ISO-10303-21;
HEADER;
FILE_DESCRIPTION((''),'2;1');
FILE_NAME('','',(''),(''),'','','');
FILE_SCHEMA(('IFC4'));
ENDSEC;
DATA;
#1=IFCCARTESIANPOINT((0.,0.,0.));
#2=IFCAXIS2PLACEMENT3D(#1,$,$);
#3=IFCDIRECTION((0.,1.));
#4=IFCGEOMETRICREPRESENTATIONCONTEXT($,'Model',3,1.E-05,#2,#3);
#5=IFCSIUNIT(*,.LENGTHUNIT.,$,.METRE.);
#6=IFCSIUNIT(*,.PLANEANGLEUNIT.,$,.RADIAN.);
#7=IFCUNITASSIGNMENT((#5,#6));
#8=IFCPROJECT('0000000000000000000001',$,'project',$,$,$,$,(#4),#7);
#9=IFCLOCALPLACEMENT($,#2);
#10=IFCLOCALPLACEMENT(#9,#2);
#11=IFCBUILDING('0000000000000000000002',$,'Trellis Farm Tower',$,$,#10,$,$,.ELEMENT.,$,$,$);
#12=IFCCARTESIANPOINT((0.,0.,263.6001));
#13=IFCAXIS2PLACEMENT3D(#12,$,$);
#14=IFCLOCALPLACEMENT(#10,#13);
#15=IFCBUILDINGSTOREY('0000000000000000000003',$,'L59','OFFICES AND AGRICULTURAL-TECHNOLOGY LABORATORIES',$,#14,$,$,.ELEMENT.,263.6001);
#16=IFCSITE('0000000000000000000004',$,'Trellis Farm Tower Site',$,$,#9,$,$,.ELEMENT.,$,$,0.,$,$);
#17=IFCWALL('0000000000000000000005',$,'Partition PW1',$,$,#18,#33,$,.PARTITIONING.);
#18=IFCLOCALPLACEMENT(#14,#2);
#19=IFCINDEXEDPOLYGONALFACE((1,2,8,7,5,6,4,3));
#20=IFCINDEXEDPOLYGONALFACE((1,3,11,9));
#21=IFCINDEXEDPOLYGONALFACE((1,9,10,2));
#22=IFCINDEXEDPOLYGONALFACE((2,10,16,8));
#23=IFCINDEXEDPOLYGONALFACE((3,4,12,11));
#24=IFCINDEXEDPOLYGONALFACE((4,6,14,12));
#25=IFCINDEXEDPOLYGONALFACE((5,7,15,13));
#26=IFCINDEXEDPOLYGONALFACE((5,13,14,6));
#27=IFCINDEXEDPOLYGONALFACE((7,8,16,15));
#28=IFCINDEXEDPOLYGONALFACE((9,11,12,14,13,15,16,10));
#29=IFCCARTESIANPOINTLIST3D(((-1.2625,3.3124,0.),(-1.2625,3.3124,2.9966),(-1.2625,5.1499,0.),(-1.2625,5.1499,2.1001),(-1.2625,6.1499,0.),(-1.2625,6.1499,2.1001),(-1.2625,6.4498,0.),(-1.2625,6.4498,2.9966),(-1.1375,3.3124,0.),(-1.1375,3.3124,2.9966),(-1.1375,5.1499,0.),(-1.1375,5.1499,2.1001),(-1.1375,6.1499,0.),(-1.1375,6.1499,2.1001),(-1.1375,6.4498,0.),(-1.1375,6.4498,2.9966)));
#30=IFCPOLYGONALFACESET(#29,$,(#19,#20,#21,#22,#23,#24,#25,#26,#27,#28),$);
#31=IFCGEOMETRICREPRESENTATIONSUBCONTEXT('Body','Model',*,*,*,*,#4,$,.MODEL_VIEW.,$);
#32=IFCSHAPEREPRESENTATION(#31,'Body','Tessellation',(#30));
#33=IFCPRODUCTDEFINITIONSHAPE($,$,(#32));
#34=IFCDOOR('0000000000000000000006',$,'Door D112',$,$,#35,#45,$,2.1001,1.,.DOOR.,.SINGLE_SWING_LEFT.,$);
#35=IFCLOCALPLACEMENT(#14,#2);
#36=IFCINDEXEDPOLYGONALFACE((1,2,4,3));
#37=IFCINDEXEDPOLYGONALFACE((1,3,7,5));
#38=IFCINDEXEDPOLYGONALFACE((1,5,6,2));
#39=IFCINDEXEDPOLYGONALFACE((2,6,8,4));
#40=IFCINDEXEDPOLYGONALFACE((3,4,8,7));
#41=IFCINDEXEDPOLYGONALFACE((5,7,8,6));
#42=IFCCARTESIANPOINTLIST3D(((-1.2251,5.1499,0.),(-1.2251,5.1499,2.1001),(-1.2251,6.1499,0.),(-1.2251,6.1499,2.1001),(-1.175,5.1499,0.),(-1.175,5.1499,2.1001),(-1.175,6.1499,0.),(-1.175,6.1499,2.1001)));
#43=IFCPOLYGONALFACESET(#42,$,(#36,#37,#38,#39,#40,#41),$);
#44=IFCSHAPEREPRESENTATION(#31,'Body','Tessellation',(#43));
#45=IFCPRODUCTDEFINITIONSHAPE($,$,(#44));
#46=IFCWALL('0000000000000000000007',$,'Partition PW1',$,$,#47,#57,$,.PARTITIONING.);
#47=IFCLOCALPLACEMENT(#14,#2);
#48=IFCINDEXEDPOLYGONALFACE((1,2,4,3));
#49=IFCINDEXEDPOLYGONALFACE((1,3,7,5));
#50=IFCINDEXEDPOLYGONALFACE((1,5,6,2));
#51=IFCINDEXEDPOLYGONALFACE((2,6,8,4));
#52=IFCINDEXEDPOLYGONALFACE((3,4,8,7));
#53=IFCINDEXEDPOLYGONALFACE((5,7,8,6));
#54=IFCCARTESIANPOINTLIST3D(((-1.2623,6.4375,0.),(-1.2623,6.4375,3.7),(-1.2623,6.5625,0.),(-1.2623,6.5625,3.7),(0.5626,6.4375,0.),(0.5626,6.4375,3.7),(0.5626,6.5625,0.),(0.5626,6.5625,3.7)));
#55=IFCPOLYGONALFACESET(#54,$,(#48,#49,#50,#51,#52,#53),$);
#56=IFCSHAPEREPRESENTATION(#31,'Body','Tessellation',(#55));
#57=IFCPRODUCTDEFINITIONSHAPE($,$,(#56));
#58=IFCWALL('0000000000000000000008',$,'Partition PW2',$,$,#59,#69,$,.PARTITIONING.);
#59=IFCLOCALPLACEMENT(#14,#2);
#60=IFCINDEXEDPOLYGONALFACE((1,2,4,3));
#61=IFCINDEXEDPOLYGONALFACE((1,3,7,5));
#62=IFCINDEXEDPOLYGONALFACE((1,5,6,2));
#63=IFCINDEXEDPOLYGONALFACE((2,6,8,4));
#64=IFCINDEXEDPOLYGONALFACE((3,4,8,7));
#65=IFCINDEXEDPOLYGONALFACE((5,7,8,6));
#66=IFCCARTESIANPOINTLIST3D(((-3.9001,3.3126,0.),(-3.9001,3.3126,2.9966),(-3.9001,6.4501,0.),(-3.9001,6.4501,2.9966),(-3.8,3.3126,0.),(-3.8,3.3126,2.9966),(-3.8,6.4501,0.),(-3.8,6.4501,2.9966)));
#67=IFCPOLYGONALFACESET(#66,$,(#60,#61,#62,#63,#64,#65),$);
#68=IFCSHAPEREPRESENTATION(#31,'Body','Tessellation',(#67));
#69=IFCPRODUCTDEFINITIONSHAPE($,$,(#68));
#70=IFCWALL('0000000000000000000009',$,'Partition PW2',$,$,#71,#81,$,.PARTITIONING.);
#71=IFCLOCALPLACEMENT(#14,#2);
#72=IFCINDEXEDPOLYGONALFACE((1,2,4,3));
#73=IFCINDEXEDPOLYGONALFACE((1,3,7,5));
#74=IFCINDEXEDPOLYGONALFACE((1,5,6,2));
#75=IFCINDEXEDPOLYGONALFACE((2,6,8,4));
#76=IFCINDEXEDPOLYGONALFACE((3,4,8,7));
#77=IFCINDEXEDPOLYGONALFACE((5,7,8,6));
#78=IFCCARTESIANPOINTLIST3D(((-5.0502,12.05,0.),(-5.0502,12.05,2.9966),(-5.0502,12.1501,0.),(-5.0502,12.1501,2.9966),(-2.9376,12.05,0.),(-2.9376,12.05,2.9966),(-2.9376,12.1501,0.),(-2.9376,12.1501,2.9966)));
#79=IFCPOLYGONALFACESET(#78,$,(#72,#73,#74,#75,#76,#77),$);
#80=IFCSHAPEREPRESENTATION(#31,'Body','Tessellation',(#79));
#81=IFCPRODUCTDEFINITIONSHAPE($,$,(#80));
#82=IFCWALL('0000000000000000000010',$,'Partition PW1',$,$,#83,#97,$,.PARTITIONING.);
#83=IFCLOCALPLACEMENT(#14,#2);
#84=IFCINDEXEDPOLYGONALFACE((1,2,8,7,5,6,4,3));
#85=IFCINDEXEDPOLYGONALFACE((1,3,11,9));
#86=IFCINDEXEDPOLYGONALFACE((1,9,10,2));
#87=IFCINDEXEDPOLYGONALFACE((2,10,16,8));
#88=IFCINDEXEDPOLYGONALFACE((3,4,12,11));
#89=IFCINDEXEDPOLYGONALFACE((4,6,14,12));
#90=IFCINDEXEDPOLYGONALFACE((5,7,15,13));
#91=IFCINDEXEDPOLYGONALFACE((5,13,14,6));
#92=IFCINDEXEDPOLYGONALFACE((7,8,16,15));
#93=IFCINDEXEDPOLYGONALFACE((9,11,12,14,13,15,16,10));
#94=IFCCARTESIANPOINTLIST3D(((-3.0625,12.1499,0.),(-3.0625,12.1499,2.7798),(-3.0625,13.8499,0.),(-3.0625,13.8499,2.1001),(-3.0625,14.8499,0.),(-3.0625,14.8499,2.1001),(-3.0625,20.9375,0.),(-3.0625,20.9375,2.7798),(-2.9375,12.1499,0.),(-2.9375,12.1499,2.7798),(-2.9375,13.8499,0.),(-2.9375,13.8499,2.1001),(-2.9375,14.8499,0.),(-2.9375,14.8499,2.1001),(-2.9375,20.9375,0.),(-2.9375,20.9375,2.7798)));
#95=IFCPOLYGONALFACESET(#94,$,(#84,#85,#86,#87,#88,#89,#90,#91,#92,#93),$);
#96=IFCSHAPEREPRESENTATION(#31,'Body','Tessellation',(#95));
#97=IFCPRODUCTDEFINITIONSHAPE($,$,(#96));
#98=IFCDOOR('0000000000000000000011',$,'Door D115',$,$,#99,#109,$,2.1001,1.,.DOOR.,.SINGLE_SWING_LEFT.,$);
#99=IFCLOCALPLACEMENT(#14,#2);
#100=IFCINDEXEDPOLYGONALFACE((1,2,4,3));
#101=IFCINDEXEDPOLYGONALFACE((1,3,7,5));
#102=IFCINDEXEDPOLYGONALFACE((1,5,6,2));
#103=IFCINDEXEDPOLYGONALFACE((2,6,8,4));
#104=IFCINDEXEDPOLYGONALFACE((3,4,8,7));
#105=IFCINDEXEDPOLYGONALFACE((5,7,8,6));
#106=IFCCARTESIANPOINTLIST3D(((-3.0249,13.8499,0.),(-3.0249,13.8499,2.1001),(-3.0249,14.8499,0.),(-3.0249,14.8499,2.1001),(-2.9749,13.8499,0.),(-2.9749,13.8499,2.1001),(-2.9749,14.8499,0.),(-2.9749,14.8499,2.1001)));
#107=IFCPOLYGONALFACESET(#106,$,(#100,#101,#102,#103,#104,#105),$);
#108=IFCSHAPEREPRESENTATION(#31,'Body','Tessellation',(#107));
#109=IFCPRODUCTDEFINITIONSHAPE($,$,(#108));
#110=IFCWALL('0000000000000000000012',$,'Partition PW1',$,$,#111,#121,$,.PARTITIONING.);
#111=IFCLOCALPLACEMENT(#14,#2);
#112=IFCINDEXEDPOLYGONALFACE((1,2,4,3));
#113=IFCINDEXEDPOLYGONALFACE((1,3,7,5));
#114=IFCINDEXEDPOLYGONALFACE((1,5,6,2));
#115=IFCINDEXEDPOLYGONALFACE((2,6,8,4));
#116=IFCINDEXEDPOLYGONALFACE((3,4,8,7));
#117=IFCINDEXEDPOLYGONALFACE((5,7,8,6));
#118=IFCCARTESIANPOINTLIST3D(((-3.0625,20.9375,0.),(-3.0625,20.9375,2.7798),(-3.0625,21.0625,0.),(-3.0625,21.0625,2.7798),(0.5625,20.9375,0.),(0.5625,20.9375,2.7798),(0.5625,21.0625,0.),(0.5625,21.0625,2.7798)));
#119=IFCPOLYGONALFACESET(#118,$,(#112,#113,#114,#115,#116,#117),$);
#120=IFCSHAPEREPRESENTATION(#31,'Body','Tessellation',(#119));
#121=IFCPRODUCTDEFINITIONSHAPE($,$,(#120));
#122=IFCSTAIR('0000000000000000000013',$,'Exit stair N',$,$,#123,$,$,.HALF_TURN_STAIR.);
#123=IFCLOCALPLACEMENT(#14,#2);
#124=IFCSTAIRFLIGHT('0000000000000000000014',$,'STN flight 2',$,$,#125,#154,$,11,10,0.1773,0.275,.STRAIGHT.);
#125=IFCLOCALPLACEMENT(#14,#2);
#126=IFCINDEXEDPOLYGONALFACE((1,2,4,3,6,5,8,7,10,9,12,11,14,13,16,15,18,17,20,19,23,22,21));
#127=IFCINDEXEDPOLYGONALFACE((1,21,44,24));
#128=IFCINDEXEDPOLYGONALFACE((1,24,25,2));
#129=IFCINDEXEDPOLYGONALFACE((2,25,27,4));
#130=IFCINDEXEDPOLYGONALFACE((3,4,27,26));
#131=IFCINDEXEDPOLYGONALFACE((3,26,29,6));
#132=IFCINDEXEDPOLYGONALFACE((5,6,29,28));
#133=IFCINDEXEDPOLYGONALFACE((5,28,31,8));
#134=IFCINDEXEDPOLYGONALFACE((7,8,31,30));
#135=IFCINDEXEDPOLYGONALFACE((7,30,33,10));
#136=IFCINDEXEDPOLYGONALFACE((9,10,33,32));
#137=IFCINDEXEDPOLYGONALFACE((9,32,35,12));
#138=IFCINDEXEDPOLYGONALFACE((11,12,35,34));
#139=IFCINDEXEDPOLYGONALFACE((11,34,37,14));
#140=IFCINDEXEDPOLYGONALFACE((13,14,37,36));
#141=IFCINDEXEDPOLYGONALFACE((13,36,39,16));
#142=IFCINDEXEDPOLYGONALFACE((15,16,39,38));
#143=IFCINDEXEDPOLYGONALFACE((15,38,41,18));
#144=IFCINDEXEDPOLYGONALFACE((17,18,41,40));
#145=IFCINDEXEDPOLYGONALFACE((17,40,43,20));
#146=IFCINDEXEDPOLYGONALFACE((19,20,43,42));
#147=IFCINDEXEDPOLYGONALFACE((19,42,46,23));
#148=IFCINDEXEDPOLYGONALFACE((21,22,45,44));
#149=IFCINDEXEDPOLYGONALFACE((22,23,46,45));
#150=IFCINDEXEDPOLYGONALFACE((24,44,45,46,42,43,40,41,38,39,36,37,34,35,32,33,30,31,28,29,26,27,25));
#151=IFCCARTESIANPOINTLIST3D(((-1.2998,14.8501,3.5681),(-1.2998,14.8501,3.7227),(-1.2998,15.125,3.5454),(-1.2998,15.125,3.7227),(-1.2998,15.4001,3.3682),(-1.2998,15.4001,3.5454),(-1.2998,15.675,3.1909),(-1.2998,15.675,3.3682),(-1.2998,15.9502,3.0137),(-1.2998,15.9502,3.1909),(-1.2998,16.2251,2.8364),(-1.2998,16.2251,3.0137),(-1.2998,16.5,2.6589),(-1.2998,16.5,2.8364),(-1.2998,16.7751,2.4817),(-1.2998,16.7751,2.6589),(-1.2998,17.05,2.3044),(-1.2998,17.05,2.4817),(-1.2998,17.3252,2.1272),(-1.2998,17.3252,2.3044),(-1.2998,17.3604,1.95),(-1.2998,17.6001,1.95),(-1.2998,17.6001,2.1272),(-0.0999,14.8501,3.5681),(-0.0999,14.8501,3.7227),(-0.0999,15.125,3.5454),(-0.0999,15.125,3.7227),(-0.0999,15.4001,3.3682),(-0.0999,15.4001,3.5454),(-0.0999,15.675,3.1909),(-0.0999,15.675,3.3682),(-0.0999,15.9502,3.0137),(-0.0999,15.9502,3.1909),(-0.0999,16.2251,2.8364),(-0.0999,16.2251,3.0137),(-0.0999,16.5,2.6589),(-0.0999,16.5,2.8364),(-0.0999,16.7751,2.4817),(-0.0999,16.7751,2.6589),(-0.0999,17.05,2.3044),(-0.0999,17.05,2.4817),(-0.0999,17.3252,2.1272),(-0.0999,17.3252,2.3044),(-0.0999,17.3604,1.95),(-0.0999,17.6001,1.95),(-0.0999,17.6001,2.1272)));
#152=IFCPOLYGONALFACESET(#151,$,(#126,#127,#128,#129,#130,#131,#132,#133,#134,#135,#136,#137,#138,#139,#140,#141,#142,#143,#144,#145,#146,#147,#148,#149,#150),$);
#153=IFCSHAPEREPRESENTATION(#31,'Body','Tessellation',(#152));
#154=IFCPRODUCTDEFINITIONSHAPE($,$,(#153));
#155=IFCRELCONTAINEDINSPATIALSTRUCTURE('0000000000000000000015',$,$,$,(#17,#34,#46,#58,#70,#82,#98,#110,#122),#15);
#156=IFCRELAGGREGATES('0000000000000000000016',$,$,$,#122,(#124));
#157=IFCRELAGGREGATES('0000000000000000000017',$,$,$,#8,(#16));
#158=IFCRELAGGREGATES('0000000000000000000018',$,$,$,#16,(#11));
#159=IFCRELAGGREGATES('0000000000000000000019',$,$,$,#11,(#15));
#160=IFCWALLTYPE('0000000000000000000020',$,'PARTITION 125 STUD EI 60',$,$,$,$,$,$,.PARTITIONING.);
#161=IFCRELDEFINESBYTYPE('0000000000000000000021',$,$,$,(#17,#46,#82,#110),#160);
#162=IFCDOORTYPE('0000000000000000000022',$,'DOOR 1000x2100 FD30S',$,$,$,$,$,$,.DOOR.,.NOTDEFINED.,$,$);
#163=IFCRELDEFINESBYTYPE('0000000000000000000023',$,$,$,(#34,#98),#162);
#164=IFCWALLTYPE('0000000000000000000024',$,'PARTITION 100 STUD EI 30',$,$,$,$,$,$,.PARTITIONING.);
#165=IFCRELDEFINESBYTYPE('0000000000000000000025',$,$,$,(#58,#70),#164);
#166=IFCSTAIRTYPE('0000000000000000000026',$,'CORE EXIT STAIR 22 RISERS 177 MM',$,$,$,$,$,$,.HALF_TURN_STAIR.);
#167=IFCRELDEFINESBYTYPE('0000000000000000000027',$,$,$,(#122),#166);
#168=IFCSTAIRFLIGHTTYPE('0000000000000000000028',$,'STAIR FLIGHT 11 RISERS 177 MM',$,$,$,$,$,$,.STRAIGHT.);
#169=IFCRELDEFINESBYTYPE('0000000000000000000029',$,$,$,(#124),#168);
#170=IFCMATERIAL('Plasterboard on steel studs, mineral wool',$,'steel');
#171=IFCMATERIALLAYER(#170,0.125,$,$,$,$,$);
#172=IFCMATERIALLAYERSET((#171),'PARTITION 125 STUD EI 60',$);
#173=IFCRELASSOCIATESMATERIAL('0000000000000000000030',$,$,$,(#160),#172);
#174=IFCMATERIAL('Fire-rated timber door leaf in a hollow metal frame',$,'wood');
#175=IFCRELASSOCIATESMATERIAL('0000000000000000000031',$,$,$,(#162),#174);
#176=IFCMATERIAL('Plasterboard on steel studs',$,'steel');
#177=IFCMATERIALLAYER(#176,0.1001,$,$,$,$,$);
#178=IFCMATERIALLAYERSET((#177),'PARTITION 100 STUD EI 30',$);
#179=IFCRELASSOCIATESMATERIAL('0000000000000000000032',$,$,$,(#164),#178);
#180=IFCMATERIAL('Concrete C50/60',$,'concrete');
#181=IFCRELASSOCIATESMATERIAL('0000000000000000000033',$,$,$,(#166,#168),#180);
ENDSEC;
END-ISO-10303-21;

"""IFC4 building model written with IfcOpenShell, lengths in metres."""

from ifc_helpers import new_model, si_unit, direction, frame, frame_2d, origin, place, context, subcontext, project, spatial, polyline, rectangle, outline, extrude, source, transform, mapped, material, layer, layer_set, type_object, element, fill, aggregate, save


model = new_model("IFC4")

# Units and contexts
model_context = context("Model", 3, precision=1e-05, world=origin(), true_north=direction((0.0, 1.0)))
body_context = subcontext(model_context, "Body", "Model", "MODEL_VIEW")
ifc_project = project(units=[si_unit("LENGTHUNIT", "METRE"), si_unit("PLANEANGLEUNIT", "RADIAN")], contexts=[model_context])

# Site, building, storey
site_placement = place(None, origin())
site = spatial("IfcSite", under=ifc_project, at=site_placement, Name="Trellis Farm Tower Site", CompositionType="ELEMENT", RefElevation=0.0)
building_placement = place(site_placement, origin())
building = spatial("IfcBuilding", under=site, at=building_placement, Name="Trellis Farm Tower", CompositionType="ELEMENT")
storey_placement = place(building_placement, frame((0.0, 0.0, 263.6001)))
storey = spatial("IfcBuildingStorey", under=building, at=storey_placement, Name="L59", Description="OFFICES AND AGRICULTURAL-TECHNOLOGY LABORATORIES", CompositionType="ELEMENT", Elevation=263.6001)

# Shared definitions
placement_1 = place(storey_placement, origin())

# Wall, opening, door
ifc_material_1 = material(Name="Plasterboard on steel studs, mineral wool", Category="steel")
ifc_layer_1 = layer(ifc_material_1, 0.125)
ifc_layer_set_1 = layer_set([ifc_layer_1], Name="PARTITION 125 STUD EI 60")
wall_type_1 = type_object("IfcWallType", Name="PARTITION 125 STUD EI 60", PredefinedType="PARTITIONING", material=ifc_layer_set_1)
shared_shape_1 = source(origin(), body_context, "Body", "SweptSolid", [
    extrude(rectangle(XDim=3.1375, YDim=0.125, at=frame_2d((1.5688, 0.0))), origin(), (0.0, 0.0, 1.0), 2.9966),
])
wall_1_placement = place(storey_placement, frame((-1.2, 6.45, 0.0), z_axis=(0.0, 0.0, 1.0), x_axis=(0.0, -1.0, 0.0)))
wall_1 = element("IfcWall", 1, at=wall_1_placement, inside=storey, type_object=wall_type_1, Name="Partition PW1", PredefinedType="PARTITIONING", context=body_context, shape_type="MappedRepresentation", body=[
    mapped(shared_shape_1, transform((0.0, 0.0, 0.0))),
])
shared_shape_2 = source(origin(), body_context, "Body", "SweptSolid", [
    extrude(rectangle(XDim=1.0, YDim=2.1001, at=frame_2d((0.5, 1.05))), frame((0.0, 0.0725, 0.0), z_axis=(0.0, -1.0, 0.0), x_axis=(1.0, 0.0, 0.0)), (0.0, 0.0, 1.0), 0.145),
])
opening_1_placement = place(wall_1_placement, frame((0.3, 0.0, 0.0)))
opening_1 = element("IfcOpeningElement", 2, at=opening_1_placement, cuts=wall_1, PredefinedType="OPENING", context=body_context, shape_type="MappedRepresentation", body=[
    mapped(shared_shape_2, transform((0.0, 0.0, 0.0))),
])
ifc_material_2 = material(Name="Fire-rated timber door leaf in a hollow metal frame", Category="wood")
door_type_1 = type_object("IfcDoorType", Name="DOOR 1000x2100 FD30S", OperationType="NOTDEFINED", PredefinedType="DOOR", material=ifc_material_2)
shared_shape_3 = source(origin(), body_context, "Body", "SweptSolid", [
    extrude(rectangle(XDim=1.0, YDim=2.1001, at=frame_2d((0.5, 1.05))), frame((0.0, 0.0249, 0.0), z_axis=(0.0, -1.0, 0.0), x_axis=(1.0, 0.0, 0.0)), (0.0, 0.0, 1.0), 0.05),
])
door_1_placement = place(opening_1_placement, origin())
door_1 = element("IfcDoor", 3, at=door_1_placement, inside=storey, type_object=door_type_1, Name="Door D112", OperationType="SINGLE_SWING_LEFT", OverallHeight=2.1001, OverallWidth=1.0, PredefinedType="DOOR", context=body_context, shape_type="MappedRepresentation", body=[
    mapped(shared_shape_3, transform((0.0, 0.0, 0.0))),
])
fill(opening_1, door_1)

# Walls
shared_shape_4 = source(origin(), body_context, "Body", "SweptSolid", [
    extrude(rectangle(XDim=1.825, YDim=0.125, at=frame_2d((0.9126, 0.0))), origin(), (0.0, 0.0, 1.0), 3.7),
])
wall_2_placement = place(storey_placement, frame((-1.2625, 6.5, 0.0), z_axis=(0.0, 0.0, 1.0), x_axis=(1.0, 0.0, 0.0)))
element("IfcWall", 4, at=wall_2_placement, inside=storey, type_object=wall_type_1, Name="Partition PW1", PredefinedType="PARTITIONING", context=body_context, shape_type="MappedRepresentation", body=[
    mapped(shared_shape_4, transform((0.0, 0.0, 0.0))),
])
ifc_material_3 = material(Name="Plasterboard on steel studs", Category="steel")
ifc_layer_2 = layer(ifc_material_3, 0.1001)
ifc_layer_set_2 = layer_set([ifc_layer_2], Name="PARTITION 100 STUD EI 30")
wall_type_2 = type_object("IfcWallType", Name="PARTITION 100 STUD EI 30", PredefinedType="PARTITIONING", material=ifc_layer_set_2)
shared_shape_5 = source(origin(), body_context, "Body", "SweptSolid", [
    extrude(rectangle(XDim=3.1375, YDim=0.1001, at=frame_2d((1.5688, 0.0))), origin(), (0.0, 0.0, 1.0), 2.9966),
])
wall_3_placement = place(storey_placement, frame((-3.8501, 3.3125, 0.0), z_axis=(0.0, 0.0, 1.0), x_axis=(0.0, 1.0, 0.0)))
element("IfcWall", 5, at=wall_3_placement, inside=storey, type_object=wall_type_2, Name="Partition PW2", PredefinedType="PARTITIONING", context=body_context, shape_type="MappedRepresentation", body=[
    mapped(shared_shape_5, transform((0.0, 0.0, 0.0))),
])
shared_shape_6 = source(origin(), body_context, "Body", "SweptSolid", [
    extrude(rectangle(XDim=2.1125, YDim=0.1001, at=frame_2d((1.0562, 0.0))), origin(), (0.0, 0.0, 1.0), 2.9966),
])
wall_4_placement = place(storey_placement, frame((-5.05, 12.1001, 0.0), z_axis=(0.0, 0.0, 1.0), x_axis=(1.0, 0.0, 0.0)))
element("IfcWall", 6, at=wall_4_placement, inside=storey, type_object=wall_type_2, Name="Partition PW2", PredefinedType="PARTITIONING", context=body_context, shape_type="MappedRepresentation", body=[
    mapped(shared_shape_6, transform((0.0, 0.0, 0.0))),
])

# Wall, opening, door
shared_shape_7 = source(origin(), body_context, "Body", "SweptSolid", [
    extrude(rectangle(XDim=8.7876, YDim=0.125, at=frame_2d((4.3938, 0.0))), origin(), (0.0, 0.0, 1.0), 2.7798),
])
wall_5_placement = place(storey_placement, frame((-3.0, 12.1499, 0.0), z_axis=(0.0, 0.0, 1.0), x_axis=(0.0, 1.0, 0.0)))
wall_5 = element("IfcWall", 7, at=wall_5_placement, inside=storey, type_object=wall_type_1, Name="Partition PW1", PredefinedType="PARTITIONING", context=body_context, shape_type="MappedRepresentation", body=[
    mapped(shared_shape_7, transform((0.0, 0.0, 0.0))),
])
opening_2_placement = place(wall_5_placement, frame((1.7, 0.0, 0.0)))
opening_2 = element("IfcOpeningElement", 8, at=opening_2_placement, cuts=wall_5, PredefinedType="OPENING", context=body_context, shape_type="MappedRepresentation", body=[
    mapped(shared_shape_2, transform((0.0, 0.0, 0.0))),
])
door_2_placement = place(opening_2_placement, origin())
door_2 = element("IfcDoor", 9, at=door_2_placement, inside=storey, type_object=door_type_1, Name="Door D115", OperationType="SINGLE_SWING_LEFT", OverallHeight=2.1001, OverallWidth=1.0, PredefinedType="DOOR", context=body_context, shape_type="MappedRepresentation", body=[
    mapped(shared_shape_3, transform((0.0, 0.0, 0.0))),
])
fill(opening_2, door_2)

# Wall
shared_shape_8 = source(origin(), body_context, "Body", "SweptSolid", [
    extrude(rectangle(XDim=3.625, YDim=0.125, at=frame_2d((1.8125, 0.0))), origin(), (0.0, 0.0, 1.0), 2.7798),
])
wall_6_placement = place(storey_placement, frame((-3.0625, 21.0, 0.0), z_axis=(0.0, 0.0, 1.0), x_axis=(1.0, 0.0, 0.0)))
element("IfcWall", 10, at=wall_6_placement, inside=storey, type_object=wall_type_1, Name="Partition PW1", PredefinedType="PARTITIONING", context=body_context, shape_type="MappedRepresentation", body=[
    mapped(shared_shape_8, transform((0.0, 0.0, 0.0))),
])

# Stair, stair flight
ifc_material_4 = material(Name="Concrete C50/60", Category="concrete")
stair_type = type_object("IfcStairType", Name="CORE EXIT STAIR 22 RISERS 177 MM", PredefinedType="HALF_TURN_STAIR", material=ifc_material_4)
stair = element("IfcStair", 11, at=placement_1, inside=storey, type_object=stair_type, Name="Exit stair N", PredefinedType="HALF_TURN_STAIR")
stair_flight_type = type_object("IfcStairFlightType", Name="STAIR FLIGHT 11 RISERS 177 MM", PredefinedType="STRAIGHT", material=ifc_material_4)
shared_shape_9 = source(origin(), body_context, "Body", "SweptSolid", [
    extrude(outline(polyline([(0.0, 0.0), (0.0, 0.1772), (0.2749, 0.1772), (0.2749, 0.3545), (0.55, 0.3545), (0.55, 0.5317), (0.825, 0.5317), (0.825, 0.709), (1.1001, 0.709), (1.1001, 0.8865), (1.375, 0.8865), (1.375, 1.0637), (1.6499, 1.0637), (1.6499, 1.241), (1.925, 1.241), (1.925, 1.4182), (2.2, 1.4182), (2.2, 1.5955), (2.4751, 1.5955), (2.4751, 1.7727), (2.75, 1.7727), (2.75, 1.95), (2.75, 1.6182), (0.2397, 0.0), (0.0, 0.0)])), frame((0.0, 0.6001, 0.0), z_axis=(0.0, -1.0, 0.0), x_axis=(1.0, 0.0, 0.0)), (0.0, 0.0, 1.0), 1.2),
])
stair_flight_placement = place(storey_placement, frame((-0.7, 17.6001, 1.95), z_axis=(0.0, 0.0, 1.0), x_axis=(0.0, -1.0, 0.0)))
stair_flight = element("IfcStairFlight", 12, at=stair_flight_placement, type_object=stair_flight_type, Name="STN flight 2", NumberOfRisers=11, NumberOfTreads=10, PredefinedType="STRAIGHT", RiserHeight=0.1773, TreadLength=0.275, context=body_context, shape_type="MappedRepresentation", body=[
    mapped(shared_shape_9, transform((0.0, 0.0, 0.0))),
])
aggregate(stair, [stair_flight])

save(model, "model.ifc")
